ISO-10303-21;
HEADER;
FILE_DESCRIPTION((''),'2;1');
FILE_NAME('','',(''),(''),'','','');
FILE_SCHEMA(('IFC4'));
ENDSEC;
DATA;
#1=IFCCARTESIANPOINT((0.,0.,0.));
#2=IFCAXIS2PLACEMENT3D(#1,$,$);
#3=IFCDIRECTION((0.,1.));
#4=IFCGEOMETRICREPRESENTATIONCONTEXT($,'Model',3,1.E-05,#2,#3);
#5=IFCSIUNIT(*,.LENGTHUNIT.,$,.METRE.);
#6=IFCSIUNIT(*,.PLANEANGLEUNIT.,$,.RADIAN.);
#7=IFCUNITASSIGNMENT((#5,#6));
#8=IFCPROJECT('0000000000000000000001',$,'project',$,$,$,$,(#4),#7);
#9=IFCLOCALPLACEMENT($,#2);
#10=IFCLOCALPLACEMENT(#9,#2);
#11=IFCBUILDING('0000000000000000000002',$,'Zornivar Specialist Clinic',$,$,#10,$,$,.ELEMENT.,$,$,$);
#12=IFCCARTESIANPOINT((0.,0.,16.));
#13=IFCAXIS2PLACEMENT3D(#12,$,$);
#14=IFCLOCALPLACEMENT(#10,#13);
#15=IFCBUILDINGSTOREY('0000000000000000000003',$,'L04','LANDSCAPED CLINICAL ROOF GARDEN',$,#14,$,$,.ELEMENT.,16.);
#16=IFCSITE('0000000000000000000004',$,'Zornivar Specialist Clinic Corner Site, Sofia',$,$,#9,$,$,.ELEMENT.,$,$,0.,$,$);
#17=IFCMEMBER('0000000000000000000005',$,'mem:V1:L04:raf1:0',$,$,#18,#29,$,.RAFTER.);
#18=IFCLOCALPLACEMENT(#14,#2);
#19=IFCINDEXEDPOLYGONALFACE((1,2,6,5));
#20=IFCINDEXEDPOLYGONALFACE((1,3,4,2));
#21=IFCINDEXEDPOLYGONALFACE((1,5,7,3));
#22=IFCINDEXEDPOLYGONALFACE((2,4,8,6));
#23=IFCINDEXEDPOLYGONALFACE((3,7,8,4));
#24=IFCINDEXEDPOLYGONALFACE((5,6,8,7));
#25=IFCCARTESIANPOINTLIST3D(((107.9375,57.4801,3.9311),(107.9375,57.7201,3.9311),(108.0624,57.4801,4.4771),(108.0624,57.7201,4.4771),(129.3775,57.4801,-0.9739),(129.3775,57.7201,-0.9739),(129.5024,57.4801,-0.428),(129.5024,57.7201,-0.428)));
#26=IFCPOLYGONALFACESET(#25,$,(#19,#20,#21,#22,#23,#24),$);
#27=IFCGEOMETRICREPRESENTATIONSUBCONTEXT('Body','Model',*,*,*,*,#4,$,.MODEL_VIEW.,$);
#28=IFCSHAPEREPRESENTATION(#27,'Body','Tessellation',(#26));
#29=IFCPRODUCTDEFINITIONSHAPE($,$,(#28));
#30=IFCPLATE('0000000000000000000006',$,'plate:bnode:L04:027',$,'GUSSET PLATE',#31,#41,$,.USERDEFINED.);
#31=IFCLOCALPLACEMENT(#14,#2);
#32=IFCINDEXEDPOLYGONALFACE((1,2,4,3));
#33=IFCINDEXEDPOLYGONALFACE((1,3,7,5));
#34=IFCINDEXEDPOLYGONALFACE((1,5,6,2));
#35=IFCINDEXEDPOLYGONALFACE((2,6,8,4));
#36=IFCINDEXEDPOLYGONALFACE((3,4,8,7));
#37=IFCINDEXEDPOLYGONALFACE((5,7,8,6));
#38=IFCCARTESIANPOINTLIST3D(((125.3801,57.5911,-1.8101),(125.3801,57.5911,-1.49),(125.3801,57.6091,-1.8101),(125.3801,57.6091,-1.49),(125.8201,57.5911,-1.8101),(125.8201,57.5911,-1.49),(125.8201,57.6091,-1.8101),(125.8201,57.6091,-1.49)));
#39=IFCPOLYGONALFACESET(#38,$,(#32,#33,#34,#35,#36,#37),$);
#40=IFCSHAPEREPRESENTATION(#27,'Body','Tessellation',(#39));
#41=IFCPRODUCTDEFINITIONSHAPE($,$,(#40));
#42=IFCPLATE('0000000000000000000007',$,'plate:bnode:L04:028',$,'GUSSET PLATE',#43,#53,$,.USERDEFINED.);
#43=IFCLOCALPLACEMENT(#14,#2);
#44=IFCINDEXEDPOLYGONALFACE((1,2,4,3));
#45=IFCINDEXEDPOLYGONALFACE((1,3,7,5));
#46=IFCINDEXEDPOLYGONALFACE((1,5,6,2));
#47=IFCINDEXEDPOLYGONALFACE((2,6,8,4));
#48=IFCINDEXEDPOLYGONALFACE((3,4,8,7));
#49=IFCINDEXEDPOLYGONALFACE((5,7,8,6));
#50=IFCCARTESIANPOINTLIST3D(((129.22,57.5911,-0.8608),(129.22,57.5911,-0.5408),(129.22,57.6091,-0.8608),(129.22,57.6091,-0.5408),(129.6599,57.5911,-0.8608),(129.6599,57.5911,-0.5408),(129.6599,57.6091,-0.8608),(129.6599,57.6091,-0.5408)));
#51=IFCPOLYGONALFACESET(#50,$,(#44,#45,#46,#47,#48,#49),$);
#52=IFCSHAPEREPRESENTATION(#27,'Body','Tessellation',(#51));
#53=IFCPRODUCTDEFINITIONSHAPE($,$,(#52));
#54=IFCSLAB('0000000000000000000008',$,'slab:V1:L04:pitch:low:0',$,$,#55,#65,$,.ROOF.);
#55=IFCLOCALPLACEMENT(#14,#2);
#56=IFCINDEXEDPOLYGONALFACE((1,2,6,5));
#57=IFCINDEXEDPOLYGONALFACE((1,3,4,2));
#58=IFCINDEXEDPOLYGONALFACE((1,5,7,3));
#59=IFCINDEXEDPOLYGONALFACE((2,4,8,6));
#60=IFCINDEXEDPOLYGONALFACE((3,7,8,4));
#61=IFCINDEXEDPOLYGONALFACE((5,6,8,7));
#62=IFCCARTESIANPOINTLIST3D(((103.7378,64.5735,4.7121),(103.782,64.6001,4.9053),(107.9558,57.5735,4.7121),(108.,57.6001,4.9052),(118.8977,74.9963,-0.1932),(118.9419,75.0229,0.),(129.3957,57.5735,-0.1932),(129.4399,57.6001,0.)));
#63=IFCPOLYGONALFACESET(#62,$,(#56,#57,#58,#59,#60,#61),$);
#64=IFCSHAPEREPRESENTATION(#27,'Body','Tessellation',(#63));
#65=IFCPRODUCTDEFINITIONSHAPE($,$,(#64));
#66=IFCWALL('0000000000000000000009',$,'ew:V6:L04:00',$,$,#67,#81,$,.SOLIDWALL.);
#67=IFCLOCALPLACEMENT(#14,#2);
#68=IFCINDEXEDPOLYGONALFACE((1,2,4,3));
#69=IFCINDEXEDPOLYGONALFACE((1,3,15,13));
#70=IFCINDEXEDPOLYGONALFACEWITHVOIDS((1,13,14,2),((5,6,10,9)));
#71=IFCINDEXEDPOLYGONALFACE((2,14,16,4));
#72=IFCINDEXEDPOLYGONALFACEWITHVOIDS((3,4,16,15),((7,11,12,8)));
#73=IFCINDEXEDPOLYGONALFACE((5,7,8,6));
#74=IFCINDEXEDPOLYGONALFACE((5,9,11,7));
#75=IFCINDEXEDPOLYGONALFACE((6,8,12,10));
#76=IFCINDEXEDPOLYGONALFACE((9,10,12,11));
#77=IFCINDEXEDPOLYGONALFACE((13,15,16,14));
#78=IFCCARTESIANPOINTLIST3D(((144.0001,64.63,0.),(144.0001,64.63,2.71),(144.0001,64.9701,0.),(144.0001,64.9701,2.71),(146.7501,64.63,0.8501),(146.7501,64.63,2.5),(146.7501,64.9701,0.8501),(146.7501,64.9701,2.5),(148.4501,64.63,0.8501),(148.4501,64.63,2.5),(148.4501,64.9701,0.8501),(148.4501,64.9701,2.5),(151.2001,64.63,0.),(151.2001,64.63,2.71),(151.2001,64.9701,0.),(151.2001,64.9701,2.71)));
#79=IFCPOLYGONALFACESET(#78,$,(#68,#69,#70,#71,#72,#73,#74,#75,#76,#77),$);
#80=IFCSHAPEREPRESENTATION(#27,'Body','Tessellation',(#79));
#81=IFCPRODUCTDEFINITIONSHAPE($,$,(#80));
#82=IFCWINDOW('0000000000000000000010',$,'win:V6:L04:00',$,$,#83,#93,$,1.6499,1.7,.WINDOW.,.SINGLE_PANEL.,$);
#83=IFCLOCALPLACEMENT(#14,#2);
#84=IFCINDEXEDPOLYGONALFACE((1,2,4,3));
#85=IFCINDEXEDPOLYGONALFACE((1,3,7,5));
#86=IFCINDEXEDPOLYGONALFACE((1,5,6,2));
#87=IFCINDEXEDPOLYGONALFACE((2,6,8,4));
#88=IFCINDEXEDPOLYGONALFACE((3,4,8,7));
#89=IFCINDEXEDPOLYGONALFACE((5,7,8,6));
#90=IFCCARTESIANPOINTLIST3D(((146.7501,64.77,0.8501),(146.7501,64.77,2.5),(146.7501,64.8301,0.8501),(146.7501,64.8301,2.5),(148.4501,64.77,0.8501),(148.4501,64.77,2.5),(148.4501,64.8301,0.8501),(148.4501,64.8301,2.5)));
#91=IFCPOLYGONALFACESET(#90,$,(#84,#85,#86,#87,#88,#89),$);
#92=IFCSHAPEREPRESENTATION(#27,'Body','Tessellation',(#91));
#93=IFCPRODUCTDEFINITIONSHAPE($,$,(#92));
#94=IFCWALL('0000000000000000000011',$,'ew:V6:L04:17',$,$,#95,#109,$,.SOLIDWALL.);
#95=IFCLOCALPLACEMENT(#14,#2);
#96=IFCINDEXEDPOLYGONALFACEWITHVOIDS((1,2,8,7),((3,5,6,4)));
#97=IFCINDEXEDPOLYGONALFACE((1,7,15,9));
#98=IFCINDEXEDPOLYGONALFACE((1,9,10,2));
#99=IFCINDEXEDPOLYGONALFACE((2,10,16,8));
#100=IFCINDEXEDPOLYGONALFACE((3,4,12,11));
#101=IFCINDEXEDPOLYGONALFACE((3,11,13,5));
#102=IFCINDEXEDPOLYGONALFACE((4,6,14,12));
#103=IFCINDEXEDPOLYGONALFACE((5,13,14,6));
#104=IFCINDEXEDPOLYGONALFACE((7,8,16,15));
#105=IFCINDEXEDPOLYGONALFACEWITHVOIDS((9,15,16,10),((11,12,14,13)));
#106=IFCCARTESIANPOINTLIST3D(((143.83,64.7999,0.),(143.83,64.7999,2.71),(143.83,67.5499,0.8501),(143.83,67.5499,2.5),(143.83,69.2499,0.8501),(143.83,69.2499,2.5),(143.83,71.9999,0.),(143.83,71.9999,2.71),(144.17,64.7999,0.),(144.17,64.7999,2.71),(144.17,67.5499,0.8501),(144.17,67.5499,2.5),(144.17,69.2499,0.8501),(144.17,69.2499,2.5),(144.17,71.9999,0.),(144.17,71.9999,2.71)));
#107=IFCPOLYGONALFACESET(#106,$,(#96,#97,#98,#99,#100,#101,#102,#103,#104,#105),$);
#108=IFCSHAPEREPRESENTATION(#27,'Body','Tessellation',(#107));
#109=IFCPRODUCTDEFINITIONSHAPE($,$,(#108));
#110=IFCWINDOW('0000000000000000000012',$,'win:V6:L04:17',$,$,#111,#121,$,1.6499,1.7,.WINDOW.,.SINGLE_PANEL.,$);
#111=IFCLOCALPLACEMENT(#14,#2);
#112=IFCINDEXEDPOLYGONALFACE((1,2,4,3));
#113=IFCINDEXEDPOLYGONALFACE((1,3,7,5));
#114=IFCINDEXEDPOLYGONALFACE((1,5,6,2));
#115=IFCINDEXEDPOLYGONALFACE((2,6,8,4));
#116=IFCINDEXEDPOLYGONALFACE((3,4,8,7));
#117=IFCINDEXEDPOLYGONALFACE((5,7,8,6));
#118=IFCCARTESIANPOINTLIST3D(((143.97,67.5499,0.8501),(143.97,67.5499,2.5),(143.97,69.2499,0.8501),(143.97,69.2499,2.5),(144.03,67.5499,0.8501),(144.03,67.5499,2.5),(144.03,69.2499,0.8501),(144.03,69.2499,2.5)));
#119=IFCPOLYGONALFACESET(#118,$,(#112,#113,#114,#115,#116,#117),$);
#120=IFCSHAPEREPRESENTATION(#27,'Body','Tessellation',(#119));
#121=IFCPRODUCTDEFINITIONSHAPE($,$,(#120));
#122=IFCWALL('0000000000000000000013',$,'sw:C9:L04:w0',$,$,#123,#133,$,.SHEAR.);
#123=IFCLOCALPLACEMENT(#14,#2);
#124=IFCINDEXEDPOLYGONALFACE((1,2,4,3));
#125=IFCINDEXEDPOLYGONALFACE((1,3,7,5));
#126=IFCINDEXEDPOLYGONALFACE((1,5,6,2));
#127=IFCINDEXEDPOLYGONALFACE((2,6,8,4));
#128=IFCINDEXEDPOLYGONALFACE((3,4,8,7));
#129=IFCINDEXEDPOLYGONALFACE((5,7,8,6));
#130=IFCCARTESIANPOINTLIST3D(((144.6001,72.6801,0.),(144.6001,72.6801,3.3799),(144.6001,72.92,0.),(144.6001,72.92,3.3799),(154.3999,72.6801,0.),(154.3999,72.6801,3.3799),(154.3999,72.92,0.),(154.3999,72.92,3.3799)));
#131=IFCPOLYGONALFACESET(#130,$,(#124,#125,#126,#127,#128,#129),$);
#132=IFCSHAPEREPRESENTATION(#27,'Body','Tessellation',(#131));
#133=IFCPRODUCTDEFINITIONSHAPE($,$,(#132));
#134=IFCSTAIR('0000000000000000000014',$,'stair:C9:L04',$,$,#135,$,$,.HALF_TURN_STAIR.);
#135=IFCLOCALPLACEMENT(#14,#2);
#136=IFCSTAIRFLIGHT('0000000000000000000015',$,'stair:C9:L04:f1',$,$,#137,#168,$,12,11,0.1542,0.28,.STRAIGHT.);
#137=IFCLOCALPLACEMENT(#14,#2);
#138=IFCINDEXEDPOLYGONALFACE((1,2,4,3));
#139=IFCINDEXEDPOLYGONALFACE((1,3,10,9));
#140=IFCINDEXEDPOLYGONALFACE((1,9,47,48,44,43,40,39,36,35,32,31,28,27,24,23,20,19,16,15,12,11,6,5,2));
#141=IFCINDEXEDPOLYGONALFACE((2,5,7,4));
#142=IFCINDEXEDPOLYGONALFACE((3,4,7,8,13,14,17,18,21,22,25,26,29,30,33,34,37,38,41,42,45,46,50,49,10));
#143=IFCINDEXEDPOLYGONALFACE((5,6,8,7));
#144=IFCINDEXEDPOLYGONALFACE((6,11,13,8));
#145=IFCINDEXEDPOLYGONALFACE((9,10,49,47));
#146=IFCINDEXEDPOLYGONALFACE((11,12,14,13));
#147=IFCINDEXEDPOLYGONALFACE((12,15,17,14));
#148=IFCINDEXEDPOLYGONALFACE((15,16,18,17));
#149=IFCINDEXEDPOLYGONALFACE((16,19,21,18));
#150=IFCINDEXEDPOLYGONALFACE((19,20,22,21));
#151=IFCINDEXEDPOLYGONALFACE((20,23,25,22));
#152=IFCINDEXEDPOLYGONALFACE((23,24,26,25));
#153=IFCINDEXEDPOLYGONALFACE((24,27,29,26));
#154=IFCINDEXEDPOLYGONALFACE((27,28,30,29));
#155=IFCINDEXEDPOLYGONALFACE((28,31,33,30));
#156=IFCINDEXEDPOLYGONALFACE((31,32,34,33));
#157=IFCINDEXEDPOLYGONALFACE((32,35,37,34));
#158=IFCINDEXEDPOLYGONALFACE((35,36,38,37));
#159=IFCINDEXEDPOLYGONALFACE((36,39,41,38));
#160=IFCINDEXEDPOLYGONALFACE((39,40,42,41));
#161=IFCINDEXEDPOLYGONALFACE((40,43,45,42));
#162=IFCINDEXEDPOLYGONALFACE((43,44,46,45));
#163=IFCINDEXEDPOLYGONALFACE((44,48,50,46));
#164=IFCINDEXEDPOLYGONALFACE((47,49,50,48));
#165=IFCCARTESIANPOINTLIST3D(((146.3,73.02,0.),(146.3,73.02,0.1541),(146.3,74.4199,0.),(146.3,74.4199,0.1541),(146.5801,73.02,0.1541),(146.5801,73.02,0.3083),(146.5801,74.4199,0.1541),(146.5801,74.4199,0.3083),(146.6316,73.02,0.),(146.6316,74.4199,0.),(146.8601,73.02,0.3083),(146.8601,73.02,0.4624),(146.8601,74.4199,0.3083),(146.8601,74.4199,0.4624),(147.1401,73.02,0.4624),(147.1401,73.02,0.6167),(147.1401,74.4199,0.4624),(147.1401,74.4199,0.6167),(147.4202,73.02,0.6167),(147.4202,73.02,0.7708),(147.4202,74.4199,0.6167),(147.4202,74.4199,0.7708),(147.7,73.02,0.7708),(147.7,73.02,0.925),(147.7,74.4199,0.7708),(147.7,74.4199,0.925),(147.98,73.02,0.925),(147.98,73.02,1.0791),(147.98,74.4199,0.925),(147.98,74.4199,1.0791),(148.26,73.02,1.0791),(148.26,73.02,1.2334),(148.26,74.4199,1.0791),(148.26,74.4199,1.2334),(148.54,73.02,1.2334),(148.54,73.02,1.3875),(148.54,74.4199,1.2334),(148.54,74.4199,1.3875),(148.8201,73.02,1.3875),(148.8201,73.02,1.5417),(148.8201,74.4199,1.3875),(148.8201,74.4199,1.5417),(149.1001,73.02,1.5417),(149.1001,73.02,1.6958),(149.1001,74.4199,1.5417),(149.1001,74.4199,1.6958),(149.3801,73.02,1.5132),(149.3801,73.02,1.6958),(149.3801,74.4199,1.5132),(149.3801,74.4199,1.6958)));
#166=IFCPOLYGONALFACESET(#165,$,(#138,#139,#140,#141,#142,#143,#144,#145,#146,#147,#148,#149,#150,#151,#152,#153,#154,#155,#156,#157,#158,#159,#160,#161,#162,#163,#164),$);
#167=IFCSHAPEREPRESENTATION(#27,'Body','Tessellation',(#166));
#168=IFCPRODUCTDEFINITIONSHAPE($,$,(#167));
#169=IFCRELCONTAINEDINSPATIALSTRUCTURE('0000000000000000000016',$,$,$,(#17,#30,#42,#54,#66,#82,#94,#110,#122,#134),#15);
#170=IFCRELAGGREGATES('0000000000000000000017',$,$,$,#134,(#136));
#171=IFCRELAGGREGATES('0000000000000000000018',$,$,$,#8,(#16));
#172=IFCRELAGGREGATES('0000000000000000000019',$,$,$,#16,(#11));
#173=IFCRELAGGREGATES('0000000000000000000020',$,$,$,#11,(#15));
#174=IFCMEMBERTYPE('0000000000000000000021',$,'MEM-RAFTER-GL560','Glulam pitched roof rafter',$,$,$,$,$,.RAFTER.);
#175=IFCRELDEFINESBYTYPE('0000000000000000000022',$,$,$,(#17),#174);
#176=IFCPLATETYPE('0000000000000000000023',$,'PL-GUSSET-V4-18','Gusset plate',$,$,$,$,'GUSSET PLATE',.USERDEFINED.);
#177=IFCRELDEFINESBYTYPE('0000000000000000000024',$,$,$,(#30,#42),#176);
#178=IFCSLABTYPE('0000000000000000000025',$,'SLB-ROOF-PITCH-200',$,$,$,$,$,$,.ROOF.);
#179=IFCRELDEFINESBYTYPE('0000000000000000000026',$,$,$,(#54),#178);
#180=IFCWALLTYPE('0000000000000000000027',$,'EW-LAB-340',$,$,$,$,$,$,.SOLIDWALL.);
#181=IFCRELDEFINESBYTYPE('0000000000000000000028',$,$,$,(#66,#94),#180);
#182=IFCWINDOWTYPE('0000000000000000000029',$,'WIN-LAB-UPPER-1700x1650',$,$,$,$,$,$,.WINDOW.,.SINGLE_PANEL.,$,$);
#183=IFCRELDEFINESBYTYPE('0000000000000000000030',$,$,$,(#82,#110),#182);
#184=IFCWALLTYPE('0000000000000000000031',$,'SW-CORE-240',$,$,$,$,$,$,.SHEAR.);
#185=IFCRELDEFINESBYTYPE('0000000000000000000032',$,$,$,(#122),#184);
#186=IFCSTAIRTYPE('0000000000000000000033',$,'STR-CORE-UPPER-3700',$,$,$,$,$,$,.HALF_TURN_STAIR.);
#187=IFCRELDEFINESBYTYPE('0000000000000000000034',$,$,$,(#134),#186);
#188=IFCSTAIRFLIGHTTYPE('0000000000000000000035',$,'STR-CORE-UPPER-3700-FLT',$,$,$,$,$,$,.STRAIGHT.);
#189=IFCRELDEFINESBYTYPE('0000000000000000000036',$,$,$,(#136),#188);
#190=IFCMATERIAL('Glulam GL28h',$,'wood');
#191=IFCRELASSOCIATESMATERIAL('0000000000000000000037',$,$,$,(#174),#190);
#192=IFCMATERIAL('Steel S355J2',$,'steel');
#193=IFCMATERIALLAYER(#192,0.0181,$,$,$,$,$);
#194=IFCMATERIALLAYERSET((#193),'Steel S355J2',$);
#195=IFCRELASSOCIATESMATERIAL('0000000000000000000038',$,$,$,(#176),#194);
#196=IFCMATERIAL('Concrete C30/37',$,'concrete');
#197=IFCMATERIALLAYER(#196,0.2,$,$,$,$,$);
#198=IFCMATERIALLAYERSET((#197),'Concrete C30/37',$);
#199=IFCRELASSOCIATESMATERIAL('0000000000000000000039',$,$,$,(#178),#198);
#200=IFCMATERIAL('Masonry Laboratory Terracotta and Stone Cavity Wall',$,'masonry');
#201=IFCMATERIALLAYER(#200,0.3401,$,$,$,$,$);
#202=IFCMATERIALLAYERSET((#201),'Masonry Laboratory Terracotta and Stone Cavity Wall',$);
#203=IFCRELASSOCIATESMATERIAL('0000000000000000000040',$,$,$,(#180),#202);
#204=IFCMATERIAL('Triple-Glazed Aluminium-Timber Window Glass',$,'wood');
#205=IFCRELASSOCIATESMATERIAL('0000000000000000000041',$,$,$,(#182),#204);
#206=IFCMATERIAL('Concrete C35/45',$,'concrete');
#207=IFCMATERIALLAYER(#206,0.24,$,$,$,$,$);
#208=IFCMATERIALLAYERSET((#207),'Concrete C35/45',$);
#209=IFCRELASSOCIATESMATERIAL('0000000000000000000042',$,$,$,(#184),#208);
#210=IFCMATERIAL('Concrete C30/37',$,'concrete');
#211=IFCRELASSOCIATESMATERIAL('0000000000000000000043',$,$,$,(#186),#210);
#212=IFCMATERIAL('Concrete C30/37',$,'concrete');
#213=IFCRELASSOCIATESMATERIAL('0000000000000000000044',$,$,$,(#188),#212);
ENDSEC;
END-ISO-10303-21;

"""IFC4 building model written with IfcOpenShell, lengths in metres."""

from ifc_helpers import new_model, si_unit, direction, frame, frame_2d, origin, origin_2d, place, context, subcontext, project, spatial, polyline, rectangle, outline, extrude, material, layer, layer_set, material_profile, profile_set, type_object, element, fill, aggregate, save


model = new_model("IFC4")

# Units and contexts
model_context = context("Model", 3, precision=1e-05, world=origin(), true_north=direction((0.0, 1.0)))
body_context = subcontext(model_context, "Body", "Model", "MODEL_VIEW")
ifc_project = project(units=[si_unit("LENGTHUNIT", "METRE"), si_unit("PLANEANGLEUNIT", "RADIAN")], contexts=[model_context])

# Site, building, storey
site_placement = place(None, origin())
site = spatial("IfcSite", under=ifc_project, at=site_placement, Name="Zornivar Specialist Clinic Corner Site, Sofia", CompositionType="ELEMENT", RefElevation=0.0)
building_placement = place(site_placement, origin())
building = spatial("IfcBuilding", under=site, at=building_placement, Name="Zornivar Specialist Clinic", CompositionType="ELEMENT")
storey_placement = place(building_placement, frame((0.0, 0.0, 16.0)))
storey = spatial("IfcBuildingStorey", under=building, at=storey_placement, Name="L04", Description="LANDSCAPED CLINICAL ROOF GARDEN", CompositionType="ELEMENT", Elevation=16.0)

# Member
ifc_material_1 = material(Name="Glulam GL28h", Category="wood")
ifc_material_profile_1 = material_profile(ifc_material_1, rectangle(XDim=0.24, YDim=0.5601, at=origin_2d()), Name="GL28h 240x560")
ifc_profile_set_1 = profile_set([ifc_material_profile_1], Name="Glulam GL28h")
member_type_1 = type_object("IfcMemberType", Name="MEM-RAFTER-GL560", Description="Glulam pitched roof rafter", PredefinedType="RAFTER", material=ifc_profile_set_1)
member_1_placement = place(storey_placement, frame((129.4399, 57.6001, -0.7009), z_axis=(-0.974814, 0.0, 0.223018), x_axis=(0.0, -1.0, 0.0)))
element("IfcMember", 1, at=member_1_placement, inside=storey, type_object=member_type_1, Name="mem:V1:L04:raf1:0", PredefinedType="RAFTER", context=body_context, shape_type="SweptSolid", body=[
    extrude(rectangle(XDim=0.24, YDim=0.5601, at=origin_2d()), origin(), (0.0, 0.0, 1.0), 21.9939),
])

# Plates
ifc_material_2 = material(Name="Steel S355J2", Category="steel")
ifc_layer_1 = layer(ifc_material_2, 0.0181)
ifc_layer_set_1 = layer_set([ifc_layer_1], Name="Steel S355J2")
plate_type = type_object("IfcPlateType", Name="PL-GUSSET-V4-18", Description="Gusset plate", ElementType="GUSSET PLATE", PredefinedType="USERDEFINED", material=ifc_layer_set_1)
for number, where, z_axis, x_axis, name in (
    (2, (125.6001, 57.6001, -1.8101), (0.0, 0.0, 1.0), (1.0, 0.0, 0.0), "plate:bnode:L04:027"),
    (3, (129.4399, 57.6001, -0.8608), (0.0, 0.0, 1.0), (1.0, 0.0, 0.0), "plate:bnode:L04:028"),
):
    element("IfcPlate", number, at=place(storey_placement, frame(where, z_axis=z_axis, x_axis=x_axis)), inside=storey, type_object=plate_type, Name=name, ObjectType="GUSSET PLATE", PredefinedType="USERDEFINED", context=body_context, shape_type="SweptSolid", body=[
        extrude(rectangle(XDim=0.4399, YDim=0.0181, at=origin_2d()), origin(), (0.0, 0.0, 1.0), 0.3201),
    ])

# Slab
ifc_material_3 = material(Name="Concrete C30/37", Category="concrete")
ifc_layer_2 = layer(ifc_material_3, 0.2)
ifc_layer_set_2 = layer_set([ifc_layer_2], Name="Concrete C30/37")
slab_type = type_object("IfcSlabType", Name="SLB-ROOF-PITCH-200", PredefinedType="ROOF", material=ifc_layer_set_2)
slab_placement = place(storey_placement, frame((129.4399, 57.6001, 0.0), z_axis=(0.22104, 0.133188, 0.966127), x_axis=(-0.516098, 0.85653, -0.000002)))
element("IfcSlab", 4, at=slab_placement, inside=storey, type_object=slab_type, Name="slab:V1:L04:pitch:low:0", PredefinedType="ROOF", context=body_context, shape_type="SweptSolid", body=[
    extrude(outline(polyline([(0.0, 0.0), (20.3412, 0.0), (19.2377, 19.008), (11.0651, 19.0078), (0.0, 0.0)])), origin(), (0.0, 0.0, -1.0), 0.2),
])

# Walls, openings, windows
ifc_material_4 = material(Name="Masonry Laboratory Terracotta and Stone Cavity Wall", Category="masonry")
ifc_layer_3 = layer(ifc_material_4, 0.3401)
ifc_layer_set_3 = layer_set([ifc_layer_3], Name="Masonry Laboratory Terracotta and Stone Cavity Wall")
wall_type_1 = type_object("IfcWallType", Name="EW-LAB-340", PredefinedType="SOLIDWALL", material=ifc_layer_set_3)
wall_1_placement = place(storey_placement, frame((144.0, 64.8, 0.0), z_axis=(0.0, 0.0, 1.0), x_axis=(1.0, 0.0, 0.0)))
wall_1 = element("IfcWall", 5, at=wall_1_placement, inside=storey, type_object=wall_type_1, Name="ew:V6:L04:00", PredefinedType="SOLIDWALL", context=body_context, shape_type="SweptSolid", body=[
    extrude(rectangle(XDim=7.2, YDim=0.3401, at=frame_2d((3.6001, 0.0))), origin(), (0.0, 0.0, 1.0), 2.71),
])
opening_1_placement = place(wall_1_placement, frame((2.75, 0.0, 0.8501)))
opening_1 = element("IfcOpeningElement", 6, at=opening_1_placement, cuts=wall_1, PredefinedType="OPENING", context=body_context, shape_type="SweptSolid", body=[
    extrude(rectangle(XDim=1.7, YDim=1.6499, at=frame_2d((0.8501, 0.825))), frame((0.0, 0.1799, 0.0), z_axis=(0.0, -1.0, 0.0), x_axis=(1.0, 0.0, 0.0)), (0.0, 0.0, 1.0), 0.3601),
])
ifc_material_5 = material(Name="Triple-Glazed Aluminium-Timber Window Glass", Category="wood")
window_type = type_object("IfcWindowType", Name="WIN-LAB-UPPER-1700x1650", PartitioningType="SINGLE_PANEL", PredefinedType="WINDOW", material=ifc_material_5)
window_1_placement = place(opening_1_placement, origin())
window_1 = element("IfcWindow", 7, at=window_1_placement, inside=storey, type_object=window_type, Name="win:V6:L04:00", OverallHeight=1.6499, OverallWidth=1.7, PartitioningType="SINGLE_PANEL", PredefinedType="WINDOW", context=body_context, shape_type="SweptSolid", body=[
    extrude(rectangle(XDim=1.7, YDim=1.6499, at=frame_2d((0.8501, 0.825))), frame((0.0, 0.03, 0.0), z_axis=(0.0, -1.0, 0.0), x_axis=(1.0, 0.0, 0.0)), (0.0, 0.0, 1.0), 0.0601),
])
fill(opening_1, window_1)
wall_2_placement = place(storey_placement, frame((144.0, 72.0, 0.0), z_axis=(0.0, 0.0, 1.0), x_axis=(0.0, -1.0, 0.0)))
wall_2 = element("IfcWall", 8, at=wall_2_placement, inside=storey, type_object=wall_type_1, Name="ew:V6:L04:17", PredefinedType="SOLIDWALL", context=body_context, shape_type="SweptSolid", body=[
    extrude(rectangle(XDim=7.2, YDim=0.3401, at=frame_2d((3.6001, 0.0))), origin(), (0.0, 0.0, 1.0), 2.71),
])
opening_2_placement = place(wall_2_placement, frame((2.75, 0.0, 0.8501)))
opening_2 = element("IfcOpeningElement", 9, at=opening_2_placement, cuts=wall_2, PredefinedType="OPENING", context=body_context, shape_type="SweptSolid", body=[
    extrude(rectangle(XDim=1.7, YDim=1.6499, at=frame_2d((0.8501, 0.825))), frame((0.0, 0.1799, 0.0), z_axis=(0.0, -1.0, 0.0), x_axis=(1.0, 0.0, 0.0)), (0.0, 0.0, 1.0), 0.3601),
])
window_2_placement = place(opening_2_placement, origin())
window_2 = element("IfcWindow", 10, at=window_2_placement, inside=storey, type_object=window_type, Name="win:V6:L04:17", OverallHeight=1.6499, OverallWidth=1.7, PartitioningType="SINGLE_PANEL", PredefinedType="WINDOW", context=body_context, shape_type="SweptSolid", body=[
    extrude(rectangle(XDim=1.7, YDim=1.6499, at=frame_2d((0.8501, 0.825))), frame((0.0, 0.03, 0.0), z_axis=(0.0, -1.0, 0.0), x_axis=(1.0, 0.0, 0.0)), (0.0, 0.0, 1.0), 0.0601),
])
fill(opening_2, window_2)

# Wall
ifc_material_6 = material(Name="Concrete C35/45", Category="concrete")
ifc_layer_4 = layer(ifc_material_6, 0.24)
ifc_layer_set_4 = layer_set([ifc_layer_4], Name="Concrete C35/45")
wall_type_2 = type_object("IfcWallType", Name="SW-CORE-240", PredefinedType="SHEAR", material=ifc_layer_set_4)
wall_3_placement = place(storey_placement, frame((144.6001, 72.8, 0.0), z_axis=(0.0, 0.0, 1.0), x_axis=(1.0, 0.0, 0.0)))
element("IfcWall", 11, at=wall_3_placement, inside=storey, type_object=wall_type_2, Name="sw:C9:L04:w0", PredefinedType="SHEAR", context=body_context, shape_type="SweptSolid", body=[
    extrude(rectangle(XDim=9.7998, YDim=0.24, at=frame_2d((4.8999, 0.0))), origin(), (0.0, 0.0, 1.0), 3.3799),
])

# Stair, stair flight
ifc_material_7 = material(Name="Concrete C30/37", Category="concrete")
stair_type = type_object("IfcStairType", Name="STR-CORE-UPPER-3700", PredefinedType="HALF_TURN_STAIR", material=ifc_material_7)
stair_placement = place(storey_placement, origin())
stair = element("IfcStair", 12, at=stair_placement, inside=storey, type_object=stair_type, Name="stair:C9:L04", PredefinedType="HALF_TURN_STAIR")
ifc_material_8 = material(Name="Concrete C30/37", Category="concrete")
stair_flight_type = type_object("IfcStairFlightType", Name="STR-CORE-UPPER-3700-FLT", PredefinedType="STRAIGHT", material=ifc_material_8)
stair_flight_placement = place(storey_placement, frame((146.3, 73.72, 0.0), z_axis=(0.0, 0.0, 1.0), x_axis=(1.0, 0.0, 0.0)))
stair_flight = element("IfcStairFlight", 13, at=stair_flight_placement, type_object=stair_flight_type, Name="stair:C9:L04:f1", NumberOfRisers=12, NumberOfTreads=11, PredefinedType="STRAIGHT", RiserHeight=0.1542, TreadLength=0.28, context=body_context, shape_type="SweptSolid", body=[
    extrude(outline(polyline([(0.0, 0.0), (0.0, 0.1541), (0.28, 0.1541), (0.28, 0.3083), (0.5601, 0.3083), (0.5601, 0.4624), (0.8401, 0.4624), (0.8401, 0.6167), (1.1201, 0.6167), (1.1201, 0.7708), (1.3999, 0.7708), (1.3999, 0.925), (1.6799, 0.925), (1.6799, 1.0791), (1.96, 1.0791), (1.96, 1.2334), (2.24, 1.2334), (2.24, 1.3875), (2.52, 1.3875), (2.52, 1.5417), (2.8, 1.5417), (2.8, 1.6958), (3.0801, 1.6958), (3.0801, 1.8501), (3.0801, 1.5132), (0.3315, 0.0), (0.0, 0.0)])), frame((0.0, 0.7, 0.0), z_axis=(0.0, -1.0, 0.0), x_axis=(1.0, 0.0, 0.0)), (0.0, 0.0, 1.0), 1.3999),
])
aggregate(stair, [stair_flight])

save(model, "model.ifc")
